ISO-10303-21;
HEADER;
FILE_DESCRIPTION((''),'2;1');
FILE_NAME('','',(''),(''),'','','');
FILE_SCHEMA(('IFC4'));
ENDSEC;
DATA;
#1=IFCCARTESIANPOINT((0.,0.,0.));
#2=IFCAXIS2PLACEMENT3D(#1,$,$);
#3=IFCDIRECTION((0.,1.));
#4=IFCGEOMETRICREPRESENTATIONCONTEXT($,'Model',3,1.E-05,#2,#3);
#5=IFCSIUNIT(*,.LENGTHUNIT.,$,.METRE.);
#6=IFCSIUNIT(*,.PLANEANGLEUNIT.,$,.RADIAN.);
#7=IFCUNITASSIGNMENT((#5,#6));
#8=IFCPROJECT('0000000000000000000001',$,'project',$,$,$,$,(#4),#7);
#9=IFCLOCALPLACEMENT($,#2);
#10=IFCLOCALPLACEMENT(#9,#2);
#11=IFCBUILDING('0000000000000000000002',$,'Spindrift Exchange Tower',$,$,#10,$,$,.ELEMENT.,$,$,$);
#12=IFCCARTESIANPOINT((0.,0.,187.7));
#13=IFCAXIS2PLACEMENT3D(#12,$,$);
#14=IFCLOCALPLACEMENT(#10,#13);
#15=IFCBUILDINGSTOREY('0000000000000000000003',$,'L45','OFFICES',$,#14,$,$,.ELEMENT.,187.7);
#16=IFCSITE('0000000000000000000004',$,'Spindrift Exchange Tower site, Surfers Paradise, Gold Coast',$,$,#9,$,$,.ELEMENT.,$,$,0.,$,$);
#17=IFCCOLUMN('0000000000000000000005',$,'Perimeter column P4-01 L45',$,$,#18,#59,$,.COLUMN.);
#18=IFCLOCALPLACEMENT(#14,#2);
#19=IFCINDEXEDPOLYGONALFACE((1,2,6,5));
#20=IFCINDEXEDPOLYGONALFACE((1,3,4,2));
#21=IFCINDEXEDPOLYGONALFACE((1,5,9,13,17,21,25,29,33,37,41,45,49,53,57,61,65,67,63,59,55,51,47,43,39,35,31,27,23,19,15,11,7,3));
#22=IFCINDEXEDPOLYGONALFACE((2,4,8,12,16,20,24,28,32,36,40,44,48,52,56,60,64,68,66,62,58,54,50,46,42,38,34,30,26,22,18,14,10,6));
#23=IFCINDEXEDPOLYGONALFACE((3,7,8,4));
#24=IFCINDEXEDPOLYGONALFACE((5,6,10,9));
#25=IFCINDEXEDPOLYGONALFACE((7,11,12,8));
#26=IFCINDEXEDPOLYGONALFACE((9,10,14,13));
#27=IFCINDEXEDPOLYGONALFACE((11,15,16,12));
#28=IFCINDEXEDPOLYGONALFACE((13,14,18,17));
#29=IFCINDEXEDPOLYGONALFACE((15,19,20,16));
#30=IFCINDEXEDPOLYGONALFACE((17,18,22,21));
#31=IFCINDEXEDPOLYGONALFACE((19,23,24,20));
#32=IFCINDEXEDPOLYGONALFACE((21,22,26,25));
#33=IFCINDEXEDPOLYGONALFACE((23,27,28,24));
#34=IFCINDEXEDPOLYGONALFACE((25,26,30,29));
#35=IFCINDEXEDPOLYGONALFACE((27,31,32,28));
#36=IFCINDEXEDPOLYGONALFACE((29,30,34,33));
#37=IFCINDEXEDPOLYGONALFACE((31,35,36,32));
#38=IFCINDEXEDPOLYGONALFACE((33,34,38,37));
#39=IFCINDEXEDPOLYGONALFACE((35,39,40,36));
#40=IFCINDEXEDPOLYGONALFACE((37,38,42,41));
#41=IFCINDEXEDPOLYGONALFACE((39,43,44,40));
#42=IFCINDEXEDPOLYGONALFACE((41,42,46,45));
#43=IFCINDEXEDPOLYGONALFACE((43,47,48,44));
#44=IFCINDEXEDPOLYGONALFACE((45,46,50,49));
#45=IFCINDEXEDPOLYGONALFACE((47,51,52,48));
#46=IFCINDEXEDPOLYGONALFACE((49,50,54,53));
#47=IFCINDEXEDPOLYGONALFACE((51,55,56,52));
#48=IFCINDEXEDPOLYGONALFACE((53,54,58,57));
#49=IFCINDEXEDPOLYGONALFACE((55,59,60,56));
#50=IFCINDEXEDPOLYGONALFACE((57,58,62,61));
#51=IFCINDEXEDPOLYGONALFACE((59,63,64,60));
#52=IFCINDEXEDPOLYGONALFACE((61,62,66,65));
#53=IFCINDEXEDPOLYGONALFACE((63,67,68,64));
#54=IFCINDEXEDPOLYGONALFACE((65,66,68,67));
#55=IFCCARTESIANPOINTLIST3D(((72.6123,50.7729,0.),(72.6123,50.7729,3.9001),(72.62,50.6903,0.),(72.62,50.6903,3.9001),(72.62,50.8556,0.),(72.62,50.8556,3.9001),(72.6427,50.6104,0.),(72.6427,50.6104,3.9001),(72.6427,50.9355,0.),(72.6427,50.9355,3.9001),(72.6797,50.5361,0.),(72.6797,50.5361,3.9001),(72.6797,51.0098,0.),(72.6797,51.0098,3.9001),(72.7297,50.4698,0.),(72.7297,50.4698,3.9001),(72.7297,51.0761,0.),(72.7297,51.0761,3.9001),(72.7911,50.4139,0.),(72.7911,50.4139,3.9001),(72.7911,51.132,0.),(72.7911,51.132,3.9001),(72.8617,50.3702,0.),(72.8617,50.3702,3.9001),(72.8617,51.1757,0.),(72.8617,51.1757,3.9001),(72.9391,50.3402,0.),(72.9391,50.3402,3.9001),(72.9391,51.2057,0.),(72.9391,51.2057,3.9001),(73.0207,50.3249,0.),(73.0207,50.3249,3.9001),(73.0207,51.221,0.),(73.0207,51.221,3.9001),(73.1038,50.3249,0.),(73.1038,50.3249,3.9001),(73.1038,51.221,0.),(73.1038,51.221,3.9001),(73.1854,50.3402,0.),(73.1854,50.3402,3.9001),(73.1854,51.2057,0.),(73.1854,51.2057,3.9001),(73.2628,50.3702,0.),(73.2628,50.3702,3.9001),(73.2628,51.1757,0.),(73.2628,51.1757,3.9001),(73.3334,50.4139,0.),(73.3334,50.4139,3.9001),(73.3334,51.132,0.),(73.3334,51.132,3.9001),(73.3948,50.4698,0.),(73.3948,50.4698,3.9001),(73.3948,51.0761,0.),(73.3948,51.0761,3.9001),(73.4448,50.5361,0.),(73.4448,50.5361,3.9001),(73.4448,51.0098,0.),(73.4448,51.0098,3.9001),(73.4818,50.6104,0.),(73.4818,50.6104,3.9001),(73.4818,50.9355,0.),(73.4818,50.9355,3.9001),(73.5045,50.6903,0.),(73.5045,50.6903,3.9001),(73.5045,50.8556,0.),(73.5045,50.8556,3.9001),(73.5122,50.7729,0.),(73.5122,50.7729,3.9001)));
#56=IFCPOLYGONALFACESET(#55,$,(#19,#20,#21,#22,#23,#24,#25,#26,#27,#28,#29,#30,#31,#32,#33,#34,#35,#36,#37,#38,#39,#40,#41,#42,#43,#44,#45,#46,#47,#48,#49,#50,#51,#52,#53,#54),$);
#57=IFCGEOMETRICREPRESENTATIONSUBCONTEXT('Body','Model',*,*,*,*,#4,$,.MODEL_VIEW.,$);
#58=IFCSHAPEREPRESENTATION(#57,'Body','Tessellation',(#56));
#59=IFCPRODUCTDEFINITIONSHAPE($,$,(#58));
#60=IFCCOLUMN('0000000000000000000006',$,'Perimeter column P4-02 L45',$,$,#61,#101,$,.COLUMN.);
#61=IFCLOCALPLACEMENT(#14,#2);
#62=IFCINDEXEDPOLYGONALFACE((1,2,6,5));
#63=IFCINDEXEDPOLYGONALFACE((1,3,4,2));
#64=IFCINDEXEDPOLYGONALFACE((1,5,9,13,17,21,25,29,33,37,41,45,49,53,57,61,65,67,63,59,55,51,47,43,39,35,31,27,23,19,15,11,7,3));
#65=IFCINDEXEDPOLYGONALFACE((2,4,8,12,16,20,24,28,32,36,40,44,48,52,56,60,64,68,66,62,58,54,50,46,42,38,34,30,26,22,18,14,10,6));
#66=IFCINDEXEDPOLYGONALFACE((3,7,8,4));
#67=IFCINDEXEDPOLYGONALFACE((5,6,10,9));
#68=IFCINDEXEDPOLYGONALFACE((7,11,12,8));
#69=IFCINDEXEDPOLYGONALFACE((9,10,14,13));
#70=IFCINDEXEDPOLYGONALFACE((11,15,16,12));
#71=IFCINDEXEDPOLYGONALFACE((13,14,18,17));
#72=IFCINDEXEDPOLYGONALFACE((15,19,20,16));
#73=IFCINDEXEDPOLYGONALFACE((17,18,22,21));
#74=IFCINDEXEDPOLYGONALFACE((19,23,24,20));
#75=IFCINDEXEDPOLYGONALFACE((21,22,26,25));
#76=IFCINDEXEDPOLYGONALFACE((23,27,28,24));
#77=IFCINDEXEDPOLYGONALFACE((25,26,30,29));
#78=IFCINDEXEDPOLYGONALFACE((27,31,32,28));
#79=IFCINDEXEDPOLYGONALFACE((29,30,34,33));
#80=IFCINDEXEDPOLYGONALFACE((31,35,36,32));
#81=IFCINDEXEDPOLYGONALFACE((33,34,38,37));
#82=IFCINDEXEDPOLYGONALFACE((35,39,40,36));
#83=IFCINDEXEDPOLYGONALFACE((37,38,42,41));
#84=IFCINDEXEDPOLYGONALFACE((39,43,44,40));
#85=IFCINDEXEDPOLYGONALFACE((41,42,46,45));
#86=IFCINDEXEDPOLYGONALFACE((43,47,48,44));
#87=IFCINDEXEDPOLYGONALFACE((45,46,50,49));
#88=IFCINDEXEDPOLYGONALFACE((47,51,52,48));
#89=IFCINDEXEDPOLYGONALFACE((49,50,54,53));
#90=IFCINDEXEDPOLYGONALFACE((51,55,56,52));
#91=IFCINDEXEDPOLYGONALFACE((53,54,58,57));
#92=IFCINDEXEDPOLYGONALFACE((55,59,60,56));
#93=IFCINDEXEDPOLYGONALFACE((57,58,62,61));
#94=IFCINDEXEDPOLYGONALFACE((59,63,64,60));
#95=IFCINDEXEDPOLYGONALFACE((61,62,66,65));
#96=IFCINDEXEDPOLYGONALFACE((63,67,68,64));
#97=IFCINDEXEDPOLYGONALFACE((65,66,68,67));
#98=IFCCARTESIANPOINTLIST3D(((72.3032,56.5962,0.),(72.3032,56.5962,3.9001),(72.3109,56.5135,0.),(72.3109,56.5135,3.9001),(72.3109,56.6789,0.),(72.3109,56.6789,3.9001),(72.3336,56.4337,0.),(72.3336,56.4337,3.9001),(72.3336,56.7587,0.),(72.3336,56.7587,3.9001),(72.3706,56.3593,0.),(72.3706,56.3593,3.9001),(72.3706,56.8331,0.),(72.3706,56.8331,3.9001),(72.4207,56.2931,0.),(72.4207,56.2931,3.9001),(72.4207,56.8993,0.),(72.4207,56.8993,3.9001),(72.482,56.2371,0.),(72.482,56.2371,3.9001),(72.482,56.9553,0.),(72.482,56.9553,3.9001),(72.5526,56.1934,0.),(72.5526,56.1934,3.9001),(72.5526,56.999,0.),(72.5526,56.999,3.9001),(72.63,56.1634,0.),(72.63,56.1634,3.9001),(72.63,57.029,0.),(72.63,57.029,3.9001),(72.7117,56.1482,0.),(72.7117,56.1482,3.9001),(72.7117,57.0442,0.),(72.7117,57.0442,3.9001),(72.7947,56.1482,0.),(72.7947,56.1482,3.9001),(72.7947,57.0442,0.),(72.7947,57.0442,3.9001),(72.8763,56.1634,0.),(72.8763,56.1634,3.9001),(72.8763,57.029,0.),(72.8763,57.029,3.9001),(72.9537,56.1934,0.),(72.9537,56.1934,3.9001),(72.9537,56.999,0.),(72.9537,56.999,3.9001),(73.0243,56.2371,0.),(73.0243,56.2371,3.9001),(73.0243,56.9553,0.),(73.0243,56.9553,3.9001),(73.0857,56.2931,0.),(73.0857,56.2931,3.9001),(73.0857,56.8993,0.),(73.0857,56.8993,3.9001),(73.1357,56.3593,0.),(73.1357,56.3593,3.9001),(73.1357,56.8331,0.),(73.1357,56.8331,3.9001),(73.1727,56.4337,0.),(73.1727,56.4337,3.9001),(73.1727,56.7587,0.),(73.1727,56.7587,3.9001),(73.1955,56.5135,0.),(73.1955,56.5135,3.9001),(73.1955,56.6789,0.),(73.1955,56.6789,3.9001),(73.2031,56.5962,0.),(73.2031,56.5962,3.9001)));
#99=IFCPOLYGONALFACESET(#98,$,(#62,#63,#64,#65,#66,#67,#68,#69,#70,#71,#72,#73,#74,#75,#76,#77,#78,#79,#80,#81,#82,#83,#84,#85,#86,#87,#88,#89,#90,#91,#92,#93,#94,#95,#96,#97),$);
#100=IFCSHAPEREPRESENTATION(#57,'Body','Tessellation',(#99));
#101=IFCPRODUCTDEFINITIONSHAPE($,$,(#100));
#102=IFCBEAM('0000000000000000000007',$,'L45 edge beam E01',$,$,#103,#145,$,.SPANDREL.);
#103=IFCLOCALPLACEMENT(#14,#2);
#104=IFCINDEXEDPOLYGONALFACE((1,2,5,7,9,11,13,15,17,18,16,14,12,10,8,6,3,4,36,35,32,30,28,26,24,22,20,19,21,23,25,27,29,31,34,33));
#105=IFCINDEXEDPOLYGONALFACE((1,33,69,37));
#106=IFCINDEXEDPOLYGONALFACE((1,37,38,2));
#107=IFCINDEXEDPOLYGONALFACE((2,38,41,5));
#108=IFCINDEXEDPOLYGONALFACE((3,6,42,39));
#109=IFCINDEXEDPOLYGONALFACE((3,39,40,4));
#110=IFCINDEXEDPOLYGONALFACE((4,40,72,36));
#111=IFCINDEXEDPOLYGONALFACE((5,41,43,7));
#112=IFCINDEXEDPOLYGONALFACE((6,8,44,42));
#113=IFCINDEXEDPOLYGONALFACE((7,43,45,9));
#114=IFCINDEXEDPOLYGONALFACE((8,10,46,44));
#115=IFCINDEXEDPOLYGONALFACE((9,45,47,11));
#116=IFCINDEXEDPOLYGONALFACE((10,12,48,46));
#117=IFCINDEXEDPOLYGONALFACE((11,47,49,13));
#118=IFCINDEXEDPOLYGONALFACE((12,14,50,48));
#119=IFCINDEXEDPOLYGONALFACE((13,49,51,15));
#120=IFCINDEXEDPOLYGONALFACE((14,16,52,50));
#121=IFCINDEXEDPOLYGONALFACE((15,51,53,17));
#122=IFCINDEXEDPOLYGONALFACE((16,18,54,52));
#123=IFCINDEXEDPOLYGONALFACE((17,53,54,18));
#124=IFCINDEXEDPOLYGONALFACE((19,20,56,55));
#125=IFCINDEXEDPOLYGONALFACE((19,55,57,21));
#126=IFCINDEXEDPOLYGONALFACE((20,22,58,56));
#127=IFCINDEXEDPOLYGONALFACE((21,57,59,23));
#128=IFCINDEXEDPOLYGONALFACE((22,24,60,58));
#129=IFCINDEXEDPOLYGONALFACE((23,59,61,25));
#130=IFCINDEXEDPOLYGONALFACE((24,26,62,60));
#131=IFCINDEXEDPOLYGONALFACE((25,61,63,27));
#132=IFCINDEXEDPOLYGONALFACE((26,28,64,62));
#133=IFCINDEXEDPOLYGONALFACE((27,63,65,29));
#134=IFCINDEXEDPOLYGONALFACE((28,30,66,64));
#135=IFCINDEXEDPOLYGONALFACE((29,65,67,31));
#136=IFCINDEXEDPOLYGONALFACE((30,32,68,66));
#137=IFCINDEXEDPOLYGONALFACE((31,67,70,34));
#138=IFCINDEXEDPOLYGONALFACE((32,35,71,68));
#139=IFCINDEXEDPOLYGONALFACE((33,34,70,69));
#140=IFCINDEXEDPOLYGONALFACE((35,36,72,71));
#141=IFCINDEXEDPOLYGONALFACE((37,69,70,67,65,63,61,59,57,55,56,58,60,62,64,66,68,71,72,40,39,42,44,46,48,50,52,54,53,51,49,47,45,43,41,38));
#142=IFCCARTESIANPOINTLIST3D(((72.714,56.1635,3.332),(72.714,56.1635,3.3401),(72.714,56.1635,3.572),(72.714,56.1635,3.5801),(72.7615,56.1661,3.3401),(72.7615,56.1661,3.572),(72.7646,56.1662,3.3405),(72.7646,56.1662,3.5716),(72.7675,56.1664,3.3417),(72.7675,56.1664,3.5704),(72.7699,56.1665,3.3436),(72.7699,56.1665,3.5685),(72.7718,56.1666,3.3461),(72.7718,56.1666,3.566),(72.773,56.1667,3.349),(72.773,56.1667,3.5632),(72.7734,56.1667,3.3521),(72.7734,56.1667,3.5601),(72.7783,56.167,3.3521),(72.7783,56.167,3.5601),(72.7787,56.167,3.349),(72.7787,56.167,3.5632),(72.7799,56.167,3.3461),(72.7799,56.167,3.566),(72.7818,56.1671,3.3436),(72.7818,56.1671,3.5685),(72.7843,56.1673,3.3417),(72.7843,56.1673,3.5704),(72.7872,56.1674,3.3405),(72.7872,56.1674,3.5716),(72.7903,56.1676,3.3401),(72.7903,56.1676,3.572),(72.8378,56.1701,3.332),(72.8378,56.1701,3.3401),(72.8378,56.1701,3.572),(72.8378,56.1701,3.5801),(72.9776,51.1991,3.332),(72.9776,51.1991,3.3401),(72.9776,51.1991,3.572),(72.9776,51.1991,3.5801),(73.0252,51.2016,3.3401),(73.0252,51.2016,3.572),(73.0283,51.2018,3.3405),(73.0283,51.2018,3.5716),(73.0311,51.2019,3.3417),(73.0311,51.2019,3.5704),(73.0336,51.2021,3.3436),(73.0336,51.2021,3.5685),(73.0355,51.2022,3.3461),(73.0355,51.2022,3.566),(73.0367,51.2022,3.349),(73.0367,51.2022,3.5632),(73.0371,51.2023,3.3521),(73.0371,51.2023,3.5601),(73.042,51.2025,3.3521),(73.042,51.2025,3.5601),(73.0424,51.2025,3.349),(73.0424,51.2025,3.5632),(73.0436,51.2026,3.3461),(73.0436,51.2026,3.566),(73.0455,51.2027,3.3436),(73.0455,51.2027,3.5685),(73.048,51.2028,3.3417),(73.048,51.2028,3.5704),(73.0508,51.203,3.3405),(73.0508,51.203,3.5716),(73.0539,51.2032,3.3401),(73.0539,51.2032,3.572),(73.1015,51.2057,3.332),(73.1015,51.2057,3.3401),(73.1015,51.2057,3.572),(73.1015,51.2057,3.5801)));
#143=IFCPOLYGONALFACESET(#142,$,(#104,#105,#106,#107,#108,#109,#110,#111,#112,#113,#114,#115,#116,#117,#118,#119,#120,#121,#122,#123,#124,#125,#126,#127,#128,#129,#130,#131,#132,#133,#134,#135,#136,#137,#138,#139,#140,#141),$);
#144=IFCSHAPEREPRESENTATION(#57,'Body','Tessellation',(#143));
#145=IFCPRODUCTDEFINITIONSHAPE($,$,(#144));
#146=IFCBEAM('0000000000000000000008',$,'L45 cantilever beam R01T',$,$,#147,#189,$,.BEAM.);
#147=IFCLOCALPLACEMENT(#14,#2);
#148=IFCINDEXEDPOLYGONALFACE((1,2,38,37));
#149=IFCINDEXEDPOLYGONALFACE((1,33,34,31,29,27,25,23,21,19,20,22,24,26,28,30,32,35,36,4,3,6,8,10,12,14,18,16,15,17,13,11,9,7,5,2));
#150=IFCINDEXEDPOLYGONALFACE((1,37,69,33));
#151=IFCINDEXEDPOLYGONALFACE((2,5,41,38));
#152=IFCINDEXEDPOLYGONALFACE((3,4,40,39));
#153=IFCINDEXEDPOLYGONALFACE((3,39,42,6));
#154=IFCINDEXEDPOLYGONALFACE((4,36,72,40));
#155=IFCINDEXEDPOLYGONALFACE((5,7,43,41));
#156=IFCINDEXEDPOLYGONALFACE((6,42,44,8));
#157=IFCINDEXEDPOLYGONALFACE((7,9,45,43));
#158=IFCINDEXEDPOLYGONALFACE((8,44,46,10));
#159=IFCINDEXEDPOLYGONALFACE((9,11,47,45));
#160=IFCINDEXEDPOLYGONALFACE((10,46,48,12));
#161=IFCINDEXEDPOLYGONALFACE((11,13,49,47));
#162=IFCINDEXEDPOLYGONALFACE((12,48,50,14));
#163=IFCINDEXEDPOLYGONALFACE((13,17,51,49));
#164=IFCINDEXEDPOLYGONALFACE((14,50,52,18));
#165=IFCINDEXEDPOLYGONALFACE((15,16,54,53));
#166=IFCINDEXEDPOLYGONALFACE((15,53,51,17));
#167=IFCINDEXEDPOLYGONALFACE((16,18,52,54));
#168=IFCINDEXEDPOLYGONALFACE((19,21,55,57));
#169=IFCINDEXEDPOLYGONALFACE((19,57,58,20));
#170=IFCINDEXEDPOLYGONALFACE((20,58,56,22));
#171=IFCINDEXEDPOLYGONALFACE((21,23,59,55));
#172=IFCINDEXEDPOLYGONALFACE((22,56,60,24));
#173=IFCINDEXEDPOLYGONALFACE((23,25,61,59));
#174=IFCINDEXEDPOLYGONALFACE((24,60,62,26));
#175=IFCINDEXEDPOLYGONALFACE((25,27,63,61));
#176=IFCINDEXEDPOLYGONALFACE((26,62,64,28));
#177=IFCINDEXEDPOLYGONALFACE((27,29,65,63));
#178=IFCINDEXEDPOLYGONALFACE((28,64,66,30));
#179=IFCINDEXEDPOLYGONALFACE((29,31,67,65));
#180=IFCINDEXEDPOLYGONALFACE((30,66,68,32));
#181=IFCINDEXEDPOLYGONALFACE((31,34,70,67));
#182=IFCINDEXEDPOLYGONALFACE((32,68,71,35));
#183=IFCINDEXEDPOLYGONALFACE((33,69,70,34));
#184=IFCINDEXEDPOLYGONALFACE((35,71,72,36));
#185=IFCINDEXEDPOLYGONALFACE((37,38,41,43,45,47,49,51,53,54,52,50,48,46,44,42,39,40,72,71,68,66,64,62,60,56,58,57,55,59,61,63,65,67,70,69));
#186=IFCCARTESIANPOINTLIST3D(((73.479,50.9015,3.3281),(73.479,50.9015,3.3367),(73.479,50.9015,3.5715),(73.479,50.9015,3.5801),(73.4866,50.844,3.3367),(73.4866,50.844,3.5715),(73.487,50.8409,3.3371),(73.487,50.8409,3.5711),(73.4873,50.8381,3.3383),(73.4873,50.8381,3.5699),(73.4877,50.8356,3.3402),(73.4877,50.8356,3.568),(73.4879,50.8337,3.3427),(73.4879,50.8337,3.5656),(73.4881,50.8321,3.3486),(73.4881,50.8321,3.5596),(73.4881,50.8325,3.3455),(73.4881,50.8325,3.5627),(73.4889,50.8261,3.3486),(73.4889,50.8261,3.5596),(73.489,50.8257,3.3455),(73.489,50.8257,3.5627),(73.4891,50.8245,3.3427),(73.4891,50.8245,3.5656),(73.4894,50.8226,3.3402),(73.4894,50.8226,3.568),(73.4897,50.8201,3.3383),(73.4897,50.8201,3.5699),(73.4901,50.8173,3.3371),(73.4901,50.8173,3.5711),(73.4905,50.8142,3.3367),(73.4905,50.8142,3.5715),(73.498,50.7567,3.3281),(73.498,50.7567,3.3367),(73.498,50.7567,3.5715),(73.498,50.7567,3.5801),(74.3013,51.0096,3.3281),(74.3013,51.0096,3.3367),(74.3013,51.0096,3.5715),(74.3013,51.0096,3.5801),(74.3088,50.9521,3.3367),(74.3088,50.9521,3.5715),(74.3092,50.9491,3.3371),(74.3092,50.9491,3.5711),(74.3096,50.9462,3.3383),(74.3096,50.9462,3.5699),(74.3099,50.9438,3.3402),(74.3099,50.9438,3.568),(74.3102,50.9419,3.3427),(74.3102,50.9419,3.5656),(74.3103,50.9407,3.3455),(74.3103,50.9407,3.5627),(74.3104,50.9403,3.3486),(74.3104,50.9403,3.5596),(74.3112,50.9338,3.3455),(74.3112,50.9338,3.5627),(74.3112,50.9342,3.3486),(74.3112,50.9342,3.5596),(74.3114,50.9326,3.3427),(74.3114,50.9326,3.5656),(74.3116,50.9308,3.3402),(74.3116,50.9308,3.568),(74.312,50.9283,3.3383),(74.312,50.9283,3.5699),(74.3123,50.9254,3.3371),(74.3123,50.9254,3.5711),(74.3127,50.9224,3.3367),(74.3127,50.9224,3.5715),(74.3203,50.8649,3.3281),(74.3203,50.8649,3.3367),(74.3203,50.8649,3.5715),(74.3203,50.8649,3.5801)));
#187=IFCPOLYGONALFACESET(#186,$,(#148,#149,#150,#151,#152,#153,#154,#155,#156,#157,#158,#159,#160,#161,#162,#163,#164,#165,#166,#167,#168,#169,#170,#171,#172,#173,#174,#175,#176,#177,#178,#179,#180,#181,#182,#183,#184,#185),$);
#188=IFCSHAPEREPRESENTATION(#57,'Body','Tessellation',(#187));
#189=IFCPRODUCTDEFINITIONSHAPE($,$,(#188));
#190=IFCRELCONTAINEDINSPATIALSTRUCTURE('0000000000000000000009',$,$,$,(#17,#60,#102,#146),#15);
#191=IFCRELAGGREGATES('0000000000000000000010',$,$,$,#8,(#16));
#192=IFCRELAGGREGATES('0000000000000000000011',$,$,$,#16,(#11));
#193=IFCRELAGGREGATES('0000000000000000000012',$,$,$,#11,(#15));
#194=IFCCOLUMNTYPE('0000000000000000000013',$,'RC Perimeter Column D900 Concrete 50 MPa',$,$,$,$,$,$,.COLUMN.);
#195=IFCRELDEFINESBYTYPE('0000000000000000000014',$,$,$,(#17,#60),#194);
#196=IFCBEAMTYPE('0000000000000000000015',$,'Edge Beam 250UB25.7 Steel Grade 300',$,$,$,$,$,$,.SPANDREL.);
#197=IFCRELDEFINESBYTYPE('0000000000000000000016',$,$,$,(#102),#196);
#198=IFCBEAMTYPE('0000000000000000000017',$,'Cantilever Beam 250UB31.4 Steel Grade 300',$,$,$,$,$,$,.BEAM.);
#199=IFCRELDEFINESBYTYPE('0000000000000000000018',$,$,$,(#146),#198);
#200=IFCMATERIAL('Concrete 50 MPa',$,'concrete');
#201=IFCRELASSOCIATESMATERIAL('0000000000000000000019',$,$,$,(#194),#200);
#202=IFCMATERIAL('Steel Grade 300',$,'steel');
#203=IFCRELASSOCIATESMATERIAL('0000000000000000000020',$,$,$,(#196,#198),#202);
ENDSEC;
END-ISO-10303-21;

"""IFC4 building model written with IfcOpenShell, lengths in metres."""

from ifc_helpers import new_model, si_unit, direction, frame, origin, origin_2d, place, context, subcontext, project, spatial, circle, i_section, extrude, source, transform, mapped, material, material_profile, profile_set, type_object, element, save


model = new_model("IFC4")

# Units and contexts
model_context = context("Model", 3, precision=1e-05, world=origin(), true_north=direction((0.0, 1.0)))
body_context = subcontext(model_context, "Body", "Model", "MODEL_VIEW")
ifc_project = project(units=[si_unit("LENGTHUNIT", "METRE"), si_unit("PLANEANGLEUNIT", "RADIAN")], contexts=[model_context])

# Site, building, storey
site_placement = place(None, origin())
site = spatial("IfcSite", under=ifc_project, at=site_placement, Name="Spindrift Exchange Tower site, Surfers Paradise, Gold Coast", CompositionType="ELEMENT", RefElevation=0.0)
building_placement = place(site_placement, origin())
building = spatial("IfcBuilding", under=site, at=building_placement, Name="Spindrift Exchange Tower", CompositionType="ELEMENT")
storey_placement = place(building_placement, frame((0.0, 0.0, 187.7)))
storey = spatial("IfcBuildingStorey", under=building, at=storey_placement, Name="L45", Description="OFFICES", CompositionType="ELEMENT", Elevation=187.7)

# Columns
ifc_material_1 = material(Name="Concrete 50 MPa", Category="concrete")
ifc_material_profile_1 = material_profile(ifc_material_1, circle(Radius=0.45, at=origin_2d()), Name="RC D900")
ifc_profile_set_1 = profile_set([ifc_material_profile_1], Name="Concrete 50 MPa")
column_type = type_object("IfcColumnType", Name="RC Perimeter Column D900 Concrete 50 MPa", PredefinedType="COLUMN", material=ifc_profile_set_1)
shared_shape_1 = source(origin(), body_context, "Body", "SweptSolid", [
    extrude(circle(Radius=0.45, at=origin_2d()), origin(), (0.0, 0.0, 1.0), 3.9001),
])
for number, where, z_axis, x_axis, name in (
    (1, (73.0623, 50.7729, 0.0), (0.0, 0.0, 1.0), (1.0, 0.0, 0.0), "Perimeter column P4-01 L45"),
    (2, (72.7532, 56.5962, 0.0), (0.0, 0.0, 1.0), (1.0, 0.0, 0.0), "Perimeter column P4-02 L45"),
):
    element("IfcColumn", number, at=place(storey_placement, frame(where, z_axis=z_axis, x_axis=x_axis)), inside=storey, type_object=column_type, Name=name, PredefinedType="COLUMN", context=body_context, shape_type="MappedRepresentation", body=[
        mapped(shared_shape_1, transform((0.0, 0.0, 0.0), scale=1.0)),
    ])

# Beams
ifc_material_2 = material(Name="Steel Grade 300", Category="steel")
ifc_material_profile_2 = material_profile(ifc_material_2, i_section(OverallWidth=0.124, OverallDepth=0.248, WebThickness=0.0049, FlangeThickness=0.0081, FilletRadius=0.012, at=origin_2d()), Name="250UB25.7")
ifc_profile_set_2 = profile_set([ifc_material_profile_2], Name="Steel Grade 300")
beam_type_1 = type_object("IfcBeamType", Name="Edge Beam 250UB25.7 Steel Grade 300", PredefinedType="SPANDREL", material=ifc_profile_set_2)
shared_shape_2 = source(origin(), body_context, "Body", "SweptSolid", [
    extrude(i_section(OverallWidth=0.124, OverallDepth=0.248, WebThickness=0.0049, FlangeThickness=0.0081, FilletRadius=0.012, at=origin_2d()), origin(), (0.0, 0.0, 1.0), 4.9714),
])
beam_1_placement = place(storey_placement, frame((73.0396, 51.2024, 3.4561), z_axis=(-0.053038, 0.998592, 0.0), x_axis=(-0.998592, -0.053038, 0.0)))
element("IfcBeam", 3, at=beam_1_placement, inside=storey, type_object=beam_type_1, Name="L45 edge beam E01", PredefinedType="SPANDREL", context=body_context, shape_type="MappedRepresentation", body=[
    mapped(shared_shape_2, transform((0.0, 0.0, 0.0), scale=1.0)),
])
ifc_material_profile_3 = material_profile(ifc_material_2, i_section(OverallWidth=0.146, OverallDepth=0.252, WebThickness=0.0061, FlangeThickness=0.0085, FilletRadius=0.012, at=origin_2d()), Name="250UB31.4")
ifc_profile_set_3 = profile_set([ifc_material_profile_3], Name="Steel Grade 300")
beam_type_2 = type_object("IfcBeamType", Name="Cantilever Beam 250UB31.4 Steel Grade 300", PredefinedType="BEAM", material=ifc_profile_set_3)
shared_shape_3 = source(origin(), body_context, "Body", "SweptSolid", [
    extrude(i_section(OverallWidth=0.146, OverallDepth=0.252, WebThickness=0.0061, FlangeThickness=0.0085, FilletRadius=0.012, at=origin_2d()), origin(), (0.0, 0.0, 1.0), 0.8293),
])
beam_2_placement = place(storey_placement, frame((73.4885, 50.8291, 3.4541), z_axis=(0.99146, 0.130409, 0.0), x_axis=(-0.130409, 0.99146, 0.0)))
element("IfcBeam", 4, at=beam_2_placement, inside=storey, type_object=beam_type_2, Name="L45 cantilever beam R01T", PredefinedType="BEAM", context=body_context, shape_type="MappedRepresentation", body=[
    mapped(shared_shape_3, transform((0.0, 0.0, 0.0), scale=1.0)),
])

save(model, "model.ifc")
